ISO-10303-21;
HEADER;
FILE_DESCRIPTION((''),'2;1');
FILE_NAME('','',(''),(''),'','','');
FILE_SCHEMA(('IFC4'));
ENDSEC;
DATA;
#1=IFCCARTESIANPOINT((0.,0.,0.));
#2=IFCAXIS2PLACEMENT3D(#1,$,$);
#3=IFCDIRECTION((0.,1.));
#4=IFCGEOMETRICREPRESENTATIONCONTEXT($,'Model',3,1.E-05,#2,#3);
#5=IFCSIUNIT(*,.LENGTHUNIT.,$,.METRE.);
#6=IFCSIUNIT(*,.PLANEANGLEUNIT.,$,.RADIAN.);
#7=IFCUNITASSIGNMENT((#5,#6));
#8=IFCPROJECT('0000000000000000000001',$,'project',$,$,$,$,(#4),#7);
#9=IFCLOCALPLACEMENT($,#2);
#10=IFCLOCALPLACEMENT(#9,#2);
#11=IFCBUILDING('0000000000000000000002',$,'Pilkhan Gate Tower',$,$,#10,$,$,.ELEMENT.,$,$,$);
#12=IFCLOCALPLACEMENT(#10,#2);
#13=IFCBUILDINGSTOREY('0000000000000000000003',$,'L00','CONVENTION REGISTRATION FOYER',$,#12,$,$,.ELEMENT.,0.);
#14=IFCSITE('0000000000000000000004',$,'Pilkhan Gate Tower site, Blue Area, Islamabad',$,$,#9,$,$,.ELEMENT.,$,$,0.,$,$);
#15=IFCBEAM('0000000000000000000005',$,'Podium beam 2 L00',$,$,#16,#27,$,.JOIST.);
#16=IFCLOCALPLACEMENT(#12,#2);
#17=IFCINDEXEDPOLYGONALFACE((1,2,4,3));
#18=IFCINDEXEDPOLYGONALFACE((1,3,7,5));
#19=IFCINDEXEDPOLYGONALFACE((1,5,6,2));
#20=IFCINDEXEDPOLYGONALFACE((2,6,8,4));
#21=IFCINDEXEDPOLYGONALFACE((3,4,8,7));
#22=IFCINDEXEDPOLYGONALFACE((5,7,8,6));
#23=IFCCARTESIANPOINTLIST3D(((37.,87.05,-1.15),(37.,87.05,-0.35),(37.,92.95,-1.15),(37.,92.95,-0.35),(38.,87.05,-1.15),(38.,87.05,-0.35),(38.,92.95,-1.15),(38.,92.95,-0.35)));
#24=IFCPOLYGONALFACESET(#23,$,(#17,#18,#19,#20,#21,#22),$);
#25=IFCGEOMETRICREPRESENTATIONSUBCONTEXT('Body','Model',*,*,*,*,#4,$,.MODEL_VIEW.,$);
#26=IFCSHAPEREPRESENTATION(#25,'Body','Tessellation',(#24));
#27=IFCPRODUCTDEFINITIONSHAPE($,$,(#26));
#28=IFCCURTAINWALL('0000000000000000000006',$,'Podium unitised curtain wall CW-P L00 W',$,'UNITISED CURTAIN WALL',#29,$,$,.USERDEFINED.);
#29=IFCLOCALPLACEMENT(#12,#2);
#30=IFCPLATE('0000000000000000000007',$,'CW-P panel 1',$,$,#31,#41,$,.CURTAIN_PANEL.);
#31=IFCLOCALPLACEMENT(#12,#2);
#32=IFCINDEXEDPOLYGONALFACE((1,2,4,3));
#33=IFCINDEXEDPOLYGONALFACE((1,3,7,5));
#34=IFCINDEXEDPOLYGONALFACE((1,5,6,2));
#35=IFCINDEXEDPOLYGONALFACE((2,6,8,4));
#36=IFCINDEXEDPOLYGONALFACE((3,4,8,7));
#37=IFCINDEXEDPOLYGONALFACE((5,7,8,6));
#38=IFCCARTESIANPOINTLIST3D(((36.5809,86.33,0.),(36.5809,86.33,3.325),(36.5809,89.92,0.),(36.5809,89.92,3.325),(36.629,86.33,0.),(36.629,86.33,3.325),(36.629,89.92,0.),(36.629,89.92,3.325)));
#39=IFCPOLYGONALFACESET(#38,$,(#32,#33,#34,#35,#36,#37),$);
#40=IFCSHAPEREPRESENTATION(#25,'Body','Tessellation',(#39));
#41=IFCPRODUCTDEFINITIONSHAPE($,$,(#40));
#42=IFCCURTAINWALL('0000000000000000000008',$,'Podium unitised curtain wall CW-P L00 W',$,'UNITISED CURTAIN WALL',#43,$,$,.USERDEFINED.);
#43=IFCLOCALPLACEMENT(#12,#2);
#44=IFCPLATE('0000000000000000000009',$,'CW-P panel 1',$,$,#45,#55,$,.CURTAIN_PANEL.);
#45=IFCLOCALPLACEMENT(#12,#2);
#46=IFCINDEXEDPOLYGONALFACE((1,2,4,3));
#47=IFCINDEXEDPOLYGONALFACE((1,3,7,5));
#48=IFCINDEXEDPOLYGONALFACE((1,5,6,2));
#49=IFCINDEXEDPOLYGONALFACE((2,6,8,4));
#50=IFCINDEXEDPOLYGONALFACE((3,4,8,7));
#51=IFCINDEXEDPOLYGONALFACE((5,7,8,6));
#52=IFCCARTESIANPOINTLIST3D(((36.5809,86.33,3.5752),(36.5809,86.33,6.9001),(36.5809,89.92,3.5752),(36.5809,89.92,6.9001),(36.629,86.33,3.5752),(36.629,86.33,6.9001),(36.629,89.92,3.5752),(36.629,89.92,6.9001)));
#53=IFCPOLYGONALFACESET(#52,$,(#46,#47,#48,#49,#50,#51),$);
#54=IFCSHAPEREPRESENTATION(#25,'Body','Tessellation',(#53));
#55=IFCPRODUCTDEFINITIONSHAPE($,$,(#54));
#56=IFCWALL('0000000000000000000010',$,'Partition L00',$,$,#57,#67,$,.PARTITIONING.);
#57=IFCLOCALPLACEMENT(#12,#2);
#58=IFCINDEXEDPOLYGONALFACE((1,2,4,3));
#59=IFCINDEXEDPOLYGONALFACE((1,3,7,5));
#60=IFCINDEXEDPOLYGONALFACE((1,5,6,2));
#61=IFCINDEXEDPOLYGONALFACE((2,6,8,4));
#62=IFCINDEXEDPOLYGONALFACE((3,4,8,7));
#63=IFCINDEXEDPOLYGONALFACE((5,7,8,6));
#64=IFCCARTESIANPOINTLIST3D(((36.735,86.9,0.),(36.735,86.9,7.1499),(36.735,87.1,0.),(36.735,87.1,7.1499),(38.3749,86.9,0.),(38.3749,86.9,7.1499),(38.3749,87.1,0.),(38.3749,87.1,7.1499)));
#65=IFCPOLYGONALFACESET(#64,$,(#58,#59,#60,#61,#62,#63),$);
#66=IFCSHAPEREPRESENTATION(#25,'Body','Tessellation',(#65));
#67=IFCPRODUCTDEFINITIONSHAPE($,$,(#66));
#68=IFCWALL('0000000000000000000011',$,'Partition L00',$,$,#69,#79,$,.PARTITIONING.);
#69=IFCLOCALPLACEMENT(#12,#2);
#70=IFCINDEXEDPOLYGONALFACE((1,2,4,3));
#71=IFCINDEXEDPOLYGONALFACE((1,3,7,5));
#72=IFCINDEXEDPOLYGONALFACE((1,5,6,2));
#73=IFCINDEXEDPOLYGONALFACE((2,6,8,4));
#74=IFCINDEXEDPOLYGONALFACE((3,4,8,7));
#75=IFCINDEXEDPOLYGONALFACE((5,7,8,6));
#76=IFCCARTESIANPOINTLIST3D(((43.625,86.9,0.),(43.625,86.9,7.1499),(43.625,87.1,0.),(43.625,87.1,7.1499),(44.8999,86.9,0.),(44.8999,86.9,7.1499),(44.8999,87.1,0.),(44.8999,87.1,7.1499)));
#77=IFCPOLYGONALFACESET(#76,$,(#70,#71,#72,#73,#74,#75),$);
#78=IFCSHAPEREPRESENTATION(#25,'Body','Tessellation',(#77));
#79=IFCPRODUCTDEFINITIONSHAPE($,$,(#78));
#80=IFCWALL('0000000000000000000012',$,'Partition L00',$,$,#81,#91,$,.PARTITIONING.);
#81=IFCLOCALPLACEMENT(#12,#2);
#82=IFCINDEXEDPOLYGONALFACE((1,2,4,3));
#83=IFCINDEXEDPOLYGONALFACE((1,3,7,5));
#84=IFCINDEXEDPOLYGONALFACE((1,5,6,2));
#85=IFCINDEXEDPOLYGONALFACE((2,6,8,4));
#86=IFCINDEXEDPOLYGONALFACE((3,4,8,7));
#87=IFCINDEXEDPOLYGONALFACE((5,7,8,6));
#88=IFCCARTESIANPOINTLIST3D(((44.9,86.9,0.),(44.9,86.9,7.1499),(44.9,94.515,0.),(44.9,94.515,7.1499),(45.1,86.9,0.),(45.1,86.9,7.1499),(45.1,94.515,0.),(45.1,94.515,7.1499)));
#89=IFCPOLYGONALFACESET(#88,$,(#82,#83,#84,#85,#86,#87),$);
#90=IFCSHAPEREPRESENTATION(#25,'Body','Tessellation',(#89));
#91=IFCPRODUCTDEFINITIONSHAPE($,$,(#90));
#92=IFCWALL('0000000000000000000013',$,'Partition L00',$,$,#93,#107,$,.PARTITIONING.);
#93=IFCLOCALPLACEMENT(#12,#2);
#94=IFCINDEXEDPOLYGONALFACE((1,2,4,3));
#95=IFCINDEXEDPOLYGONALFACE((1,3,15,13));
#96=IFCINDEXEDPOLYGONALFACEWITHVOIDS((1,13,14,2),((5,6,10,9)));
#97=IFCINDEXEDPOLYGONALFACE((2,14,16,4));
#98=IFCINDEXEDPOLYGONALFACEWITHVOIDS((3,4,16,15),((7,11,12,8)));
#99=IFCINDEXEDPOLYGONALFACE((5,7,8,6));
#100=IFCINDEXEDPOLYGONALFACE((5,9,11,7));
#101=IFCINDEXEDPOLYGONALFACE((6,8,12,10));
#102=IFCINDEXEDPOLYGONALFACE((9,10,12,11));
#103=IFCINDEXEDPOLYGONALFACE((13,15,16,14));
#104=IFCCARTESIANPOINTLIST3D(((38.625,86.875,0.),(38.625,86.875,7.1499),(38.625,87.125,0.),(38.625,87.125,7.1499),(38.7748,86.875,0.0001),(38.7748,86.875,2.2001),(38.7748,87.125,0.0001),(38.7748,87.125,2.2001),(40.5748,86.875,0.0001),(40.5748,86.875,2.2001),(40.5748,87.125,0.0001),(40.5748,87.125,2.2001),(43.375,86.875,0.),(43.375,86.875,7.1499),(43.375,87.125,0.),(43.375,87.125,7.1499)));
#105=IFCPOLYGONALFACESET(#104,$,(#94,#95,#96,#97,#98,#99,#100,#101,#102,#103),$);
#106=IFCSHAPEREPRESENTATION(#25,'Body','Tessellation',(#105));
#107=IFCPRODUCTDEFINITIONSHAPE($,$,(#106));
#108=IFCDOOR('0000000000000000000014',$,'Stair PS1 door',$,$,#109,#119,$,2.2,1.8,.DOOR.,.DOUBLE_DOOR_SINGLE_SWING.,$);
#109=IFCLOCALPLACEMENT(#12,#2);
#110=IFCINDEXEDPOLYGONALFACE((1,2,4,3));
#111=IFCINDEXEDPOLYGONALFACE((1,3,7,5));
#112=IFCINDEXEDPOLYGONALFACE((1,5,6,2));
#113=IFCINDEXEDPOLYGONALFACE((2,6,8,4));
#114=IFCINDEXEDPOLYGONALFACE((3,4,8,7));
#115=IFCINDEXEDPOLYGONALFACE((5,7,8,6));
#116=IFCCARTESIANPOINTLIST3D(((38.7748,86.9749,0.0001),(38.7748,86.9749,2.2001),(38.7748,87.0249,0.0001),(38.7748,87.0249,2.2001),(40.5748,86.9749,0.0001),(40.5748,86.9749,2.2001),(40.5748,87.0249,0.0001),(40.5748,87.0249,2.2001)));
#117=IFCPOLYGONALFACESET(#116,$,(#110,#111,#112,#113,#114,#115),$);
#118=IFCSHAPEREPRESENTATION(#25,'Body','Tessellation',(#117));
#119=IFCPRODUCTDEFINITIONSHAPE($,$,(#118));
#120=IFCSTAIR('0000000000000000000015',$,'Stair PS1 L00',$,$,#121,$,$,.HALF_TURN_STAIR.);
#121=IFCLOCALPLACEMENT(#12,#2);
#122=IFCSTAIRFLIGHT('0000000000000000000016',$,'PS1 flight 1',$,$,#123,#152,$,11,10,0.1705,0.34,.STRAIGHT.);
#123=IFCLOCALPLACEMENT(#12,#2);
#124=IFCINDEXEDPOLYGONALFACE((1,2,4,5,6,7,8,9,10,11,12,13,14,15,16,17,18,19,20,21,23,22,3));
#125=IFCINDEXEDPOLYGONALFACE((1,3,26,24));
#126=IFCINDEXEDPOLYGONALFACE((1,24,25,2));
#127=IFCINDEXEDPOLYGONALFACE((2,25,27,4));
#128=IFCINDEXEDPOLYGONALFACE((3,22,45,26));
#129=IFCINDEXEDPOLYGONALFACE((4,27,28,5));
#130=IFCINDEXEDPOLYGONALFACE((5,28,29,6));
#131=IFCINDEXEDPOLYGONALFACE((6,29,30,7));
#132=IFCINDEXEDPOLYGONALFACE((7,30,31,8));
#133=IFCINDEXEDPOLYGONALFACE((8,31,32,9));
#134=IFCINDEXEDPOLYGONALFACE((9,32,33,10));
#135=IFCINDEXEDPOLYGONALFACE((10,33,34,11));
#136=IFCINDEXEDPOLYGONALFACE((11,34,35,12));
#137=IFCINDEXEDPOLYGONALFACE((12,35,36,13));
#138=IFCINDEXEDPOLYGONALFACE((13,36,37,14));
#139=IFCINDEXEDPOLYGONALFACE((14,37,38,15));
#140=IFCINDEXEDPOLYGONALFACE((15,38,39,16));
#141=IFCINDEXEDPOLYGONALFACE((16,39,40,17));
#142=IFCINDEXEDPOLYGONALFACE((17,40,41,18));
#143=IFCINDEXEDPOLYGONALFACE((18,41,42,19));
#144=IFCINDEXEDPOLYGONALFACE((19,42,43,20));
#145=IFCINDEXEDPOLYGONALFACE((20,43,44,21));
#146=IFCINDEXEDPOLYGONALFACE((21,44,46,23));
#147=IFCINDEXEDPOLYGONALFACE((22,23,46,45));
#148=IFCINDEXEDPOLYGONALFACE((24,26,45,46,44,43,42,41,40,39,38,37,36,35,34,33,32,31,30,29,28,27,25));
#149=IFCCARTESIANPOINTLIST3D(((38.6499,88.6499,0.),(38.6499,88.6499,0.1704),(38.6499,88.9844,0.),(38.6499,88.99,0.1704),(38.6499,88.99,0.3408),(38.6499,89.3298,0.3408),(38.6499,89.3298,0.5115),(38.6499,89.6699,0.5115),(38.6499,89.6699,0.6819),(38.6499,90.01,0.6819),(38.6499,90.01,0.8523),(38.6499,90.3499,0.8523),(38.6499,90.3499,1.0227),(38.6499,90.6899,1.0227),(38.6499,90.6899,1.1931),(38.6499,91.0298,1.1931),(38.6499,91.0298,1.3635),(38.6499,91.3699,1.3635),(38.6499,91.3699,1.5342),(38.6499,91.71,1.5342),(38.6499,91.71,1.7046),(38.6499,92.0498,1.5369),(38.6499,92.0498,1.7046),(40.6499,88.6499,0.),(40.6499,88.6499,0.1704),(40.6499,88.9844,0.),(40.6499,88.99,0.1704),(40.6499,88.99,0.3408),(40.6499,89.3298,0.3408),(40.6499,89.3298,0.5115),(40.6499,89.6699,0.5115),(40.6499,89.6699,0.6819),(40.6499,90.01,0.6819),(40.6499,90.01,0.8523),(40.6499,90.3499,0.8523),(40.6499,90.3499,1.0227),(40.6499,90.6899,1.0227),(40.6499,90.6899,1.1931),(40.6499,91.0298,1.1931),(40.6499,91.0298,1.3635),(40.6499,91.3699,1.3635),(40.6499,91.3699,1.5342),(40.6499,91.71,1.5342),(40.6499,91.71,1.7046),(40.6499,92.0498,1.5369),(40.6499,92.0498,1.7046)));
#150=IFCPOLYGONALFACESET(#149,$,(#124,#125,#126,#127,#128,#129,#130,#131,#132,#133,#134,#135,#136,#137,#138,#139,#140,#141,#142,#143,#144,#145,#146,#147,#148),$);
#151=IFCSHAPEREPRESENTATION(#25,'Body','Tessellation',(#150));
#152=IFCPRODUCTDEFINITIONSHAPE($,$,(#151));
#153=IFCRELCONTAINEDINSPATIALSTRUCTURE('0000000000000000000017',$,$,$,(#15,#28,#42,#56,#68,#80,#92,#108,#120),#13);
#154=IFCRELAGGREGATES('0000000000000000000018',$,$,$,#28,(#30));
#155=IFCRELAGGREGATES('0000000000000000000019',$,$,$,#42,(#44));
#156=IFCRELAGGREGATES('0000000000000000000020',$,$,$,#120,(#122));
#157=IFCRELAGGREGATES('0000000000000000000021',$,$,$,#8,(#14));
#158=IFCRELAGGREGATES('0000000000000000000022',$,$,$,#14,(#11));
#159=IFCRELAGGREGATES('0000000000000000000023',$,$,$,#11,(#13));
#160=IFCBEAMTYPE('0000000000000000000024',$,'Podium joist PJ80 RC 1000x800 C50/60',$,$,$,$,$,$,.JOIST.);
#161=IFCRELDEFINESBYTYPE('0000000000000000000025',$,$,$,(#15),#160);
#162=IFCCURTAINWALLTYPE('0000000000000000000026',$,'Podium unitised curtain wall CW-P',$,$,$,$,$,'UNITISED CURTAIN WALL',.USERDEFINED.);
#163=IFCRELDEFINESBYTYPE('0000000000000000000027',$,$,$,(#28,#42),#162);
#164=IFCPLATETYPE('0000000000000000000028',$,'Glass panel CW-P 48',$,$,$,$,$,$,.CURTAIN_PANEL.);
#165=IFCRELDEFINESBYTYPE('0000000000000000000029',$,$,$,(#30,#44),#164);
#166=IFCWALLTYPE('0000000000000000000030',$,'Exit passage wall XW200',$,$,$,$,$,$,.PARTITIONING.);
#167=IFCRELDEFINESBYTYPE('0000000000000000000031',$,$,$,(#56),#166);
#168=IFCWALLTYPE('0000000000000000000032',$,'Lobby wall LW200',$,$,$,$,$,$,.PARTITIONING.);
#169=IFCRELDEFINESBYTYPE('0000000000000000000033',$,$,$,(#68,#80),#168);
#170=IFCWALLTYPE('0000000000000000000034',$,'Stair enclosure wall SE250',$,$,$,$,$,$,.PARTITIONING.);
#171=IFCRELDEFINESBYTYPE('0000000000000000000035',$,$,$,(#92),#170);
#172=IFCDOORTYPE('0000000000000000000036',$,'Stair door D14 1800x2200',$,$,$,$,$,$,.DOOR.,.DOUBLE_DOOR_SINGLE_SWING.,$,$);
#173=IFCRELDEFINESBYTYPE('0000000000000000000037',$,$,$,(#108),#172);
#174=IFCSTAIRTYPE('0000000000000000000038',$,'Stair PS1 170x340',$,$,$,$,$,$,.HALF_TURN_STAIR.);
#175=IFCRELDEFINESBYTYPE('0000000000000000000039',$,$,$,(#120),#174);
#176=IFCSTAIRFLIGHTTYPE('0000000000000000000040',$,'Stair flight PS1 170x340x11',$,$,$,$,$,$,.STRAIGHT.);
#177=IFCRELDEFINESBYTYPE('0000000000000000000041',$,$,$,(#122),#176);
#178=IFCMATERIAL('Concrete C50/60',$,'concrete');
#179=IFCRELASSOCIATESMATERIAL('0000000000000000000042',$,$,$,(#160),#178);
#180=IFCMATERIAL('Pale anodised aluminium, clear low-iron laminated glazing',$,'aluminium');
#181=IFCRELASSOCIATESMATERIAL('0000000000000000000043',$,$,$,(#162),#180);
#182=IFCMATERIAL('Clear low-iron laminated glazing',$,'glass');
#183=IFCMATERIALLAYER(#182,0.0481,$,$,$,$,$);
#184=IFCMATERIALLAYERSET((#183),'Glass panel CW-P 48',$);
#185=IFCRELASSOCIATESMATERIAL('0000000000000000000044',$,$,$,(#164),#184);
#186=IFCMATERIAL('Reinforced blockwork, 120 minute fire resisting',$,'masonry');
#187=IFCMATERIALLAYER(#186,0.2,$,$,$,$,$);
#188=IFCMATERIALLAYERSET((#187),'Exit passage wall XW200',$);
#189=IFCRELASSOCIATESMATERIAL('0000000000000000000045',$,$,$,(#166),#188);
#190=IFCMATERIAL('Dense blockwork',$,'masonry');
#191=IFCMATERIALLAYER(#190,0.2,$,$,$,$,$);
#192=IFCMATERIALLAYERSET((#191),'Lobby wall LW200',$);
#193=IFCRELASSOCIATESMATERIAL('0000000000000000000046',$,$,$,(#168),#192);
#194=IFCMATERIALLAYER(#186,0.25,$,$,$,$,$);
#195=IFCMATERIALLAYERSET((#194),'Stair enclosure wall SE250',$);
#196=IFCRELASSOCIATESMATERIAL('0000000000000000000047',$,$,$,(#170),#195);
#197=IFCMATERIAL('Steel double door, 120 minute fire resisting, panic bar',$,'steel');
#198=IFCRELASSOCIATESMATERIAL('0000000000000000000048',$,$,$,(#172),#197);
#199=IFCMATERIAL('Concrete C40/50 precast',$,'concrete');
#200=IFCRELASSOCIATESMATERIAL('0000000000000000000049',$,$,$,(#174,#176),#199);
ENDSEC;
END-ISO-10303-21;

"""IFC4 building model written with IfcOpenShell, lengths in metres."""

from ifc_helpers import new_model, si_unit, direction, frame, frame_2d, origin, origin_2d, place, context, subcontext, project, spatial, polyline, rectangle, outline, extrude, material, layer, layer_set, material_profile, profile_set, type_object, element, fill, aggregate, save


model = new_model("IFC4")

# Units and contexts
model_context = context("Model", 3, precision=1e-05, world=origin(), true_north=direction((0.0, 1.0)))
body_context = subcontext(model_context, "Body", "Model", "MODEL_VIEW")
ifc_project = project(units=[si_unit("LENGTHUNIT", "METRE"), si_unit("PLANEANGLEUNIT", "RADIAN")], contexts=[model_context])

# Site, building, storey
site_placement = place(None, origin())
site = spatial("IfcSite", under=ifc_project, at=site_placement, Name="Pilkhan Gate Tower site, Blue Area, Islamabad", CompositionType="ELEMENT", RefElevation=0.0)
building_placement = place(site_placement, origin())
building = spatial("IfcBuilding", under=site, at=building_placement, Name="Pilkhan Gate Tower", CompositionType="ELEMENT")
storey_placement = place(building_placement, origin())
storey = spatial("IfcBuildingStorey", under=building, at=storey_placement, Name="L00", Description="CONVENTION REGISTRATION FOYER", CompositionType="ELEMENT", Elevation=0.0)

# Beam
ifc_material_1 = material(Name="Concrete C50/60", Category="concrete")
ifc_material_profile = material_profile(ifc_material_1, rectangle(XDim=1.0, YDim=0.8, at=origin_2d()), Name="RC 1000x800")
ifc_profile_set = profile_set([ifc_material_profile], Name="Concrete C50/60")
beam_type = type_object("IfcBeamType", Name="Podium joist PJ80 RC 1000x800 C50/60", PredefinedType="JOIST", material=ifc_profile_set)
beam_placement = place(storey_placement, frame((37.5, 87.05, -0.75), z_axis=(0.0, 1.0, 0.0), x_axis=(-1.0, 0.0, 0.0)))
element("IfcBeam", 1, at=beam_placement, inside=storey, type_object=beam_type, Name="Podium beam 2 L00", PredefinedType="JOIST", context=body_context, shape_type="SweptSolid", body=[
    extrude(rectangle(XDim=1.0, YDim=0.8, at=origin_2d()), origin(), (0.0, 0.0, 1.0), 5.8999),
])

# Curtain walls, plates
ifc_material_2 = material(Name="Pale anodised aluminium, clear low-iron laminated glazing", Category="aluminium")
curtain_wall_type = type_object("IfcCurtainWallType", Name="Podium unitised curtain wall CW-P", ElementType="UNITISED CURTAIN WALL", PredefinedType="USERDEFINED", material=ifc_material_2)
curtain_wall_1_placement = place(storey_placement, origin())
curtain_wall_1 = element("IfcCurtainWall", 2, at=curtain_wall_1_placement, inside=storey, type_object=curtain_wall_type, Name="Podium unitised curtain wall CW-P L00 W", ObjectType="UNITISED CURTAIN WALL", PredefinedType="USERDEFINED")
ifc_material_3 = material(Name="Clear low-iron laminated glazing", Category="glass")
ifc_layer_1 = layer(ifc_material_3, 0.0481)
ifc_layer_set_1 = layer_set([ifc_layer_1], Name="Glass panel CW-P 48")
plate_type = type_object("IfcPlateType", Name="Glass panel CW-P 48", PredefinedType="CURTAIN_PANEL", material=ifc_layer_set_1)
plate_1_placement = place(storey_placement, frame((36.605, 88.125, 0.0), z_axis=(0.0, 0.0, 1.0), x_axis=(0.0, 1.0, 0.0)))
plate_1 = element("IfcPlate", 3, at=plate_1_placement, type_object=plate_type, Name="CW-P panel 1", PredefinedType="CURTAIN_PANEL", context=body_context, shape_type="SweptSolid", body=[
    extrude(rectangle(XDim=3.5901, YDim=0.0481, at=origin_2d()), origin(), (0.0, 0.0, 1.0), 3.325),
])
aggregate(curtain_wall_1, [plate_1])
curtain_wall_2_placement = place(storey_placement, origin())
curtain_wall_2 = element("IfcCurtainWall", 4, at=curtain_wall_2_placement, inside=storey, type_object=curtain_wall_type, Name="Podium unitised curtain wall CW-P L00 W", ObjectType="UNITISED CURTAIN WALL", PredefinedType="USERDEFINED")
plate_2_placement = place(storey_placement, frame((36.605, 88.125, 3.5752), z_axis=(0.0, 0.0, 1.0), x_axis=(0.0, 1.0, 0.0)))
plate_2 = element("IfcPlate", 5, at=plate_2_placement, type_object=plate_type, Name="CW-P panel 1", PredefinedType="CURTAIN_PANEL", context=body_context, shape_type="SweptSolid", body=[
    extrude(rectangle(XDim=3.5901, YDim=0.0481, at=origin_2d()), origin(), (0.0, 0.0, 1.0), 3.325),
])
aggregate(curtain_wall_2, [plate_2])

# Walls
ifc_material_4 = material(Name="Reinforced blockwork, 120 minute fire resisting", Category="masonry")
ifc_layer_2 = layer(ifc_material_4, 0.2)
ifc_layer_set_2 = layer_set([ifc_layer_2], Name="Exit passage wall XW200")
wall_type_1 = type_object("IfcWallType", Name="Exit passage wall XW200", PredefinedType="PARTITIONING", material=ifc_layer_set_2)
wall_1_placement = place(storey_placement, frame((36.7351, 87.0, 0.0), z_axis=(0.0, 0.0, 1.0), x_axis=(1.0, 0.0, 0.0)))
element("IfcWall", 6, at=wall_1_placement, inside=storey, type_object=wall_type_1, Name="Partition L00", PredefinedType="PARTITIONING", context=body_context, shape_type="SweptSolid", body=[
    extrude(rectangle(XDim=1.6399, YDim=0.2, at=frame_2d((0.8198, 0.0))), origin(), (0.0, 0.0, 1.0), 7.1499),
])
ifc_material_5 = material(Name="Dense blockwork", Category="masonry")
ifc_layer_3 = layer(ifc_material_5, 0.2)
ifc_layer_set_3 = layer_set([ifc_layer_3], Name="Lobby wall LW200")
wall_type_2 = type_object("IfcWallType", Name="Lobby wall LW200", PredefinedType="PARTITIONING", material=ifc_layer_set_3)
wall_2_placement = place(storey_placement, frame((43.625, 87.0, 0.0), z_axis=(0.0, 0.0, 1.0), x_axis=(1.0, 0.0, 0.0)))
element("IfcWall", 7, at=wall_2_placement, inside=storey, type_object=wall_type_2, Name="Partition L00", PredefinedType="PARTITIONING", context=body_context, shape_type="SweptSolid", body=[
    extrude(rectangle(XDim=1.2749, YDim=0.2, at=frame_2d((0.6375, 0.0))), origin(), (0.0, 0.0, 1.0), 7.1499),
])
wall_3_placement = place(storey_placement, frame((45.0, 86.8999, 0.0), z_axis=(0.0, 0.0, 1.0), x_axis=(0.0, 1.0, 0.0)))
element("IfcWall", 8, at=wall_3_placement, inside=storey, type_object=wall_type_2, Name="Partition L00", PredefinedType="PARTITIONING", context=body_context, shape_type="SweptSolid", body=[
    extrude(rectangle(XDim=7.615, YDim=0.2, at=frame_2d((3.8076, 0.0))), origin(), (0.0, 0.0, 1.0), 7.1499),
])

# Wall, opening, door
ifc_layer_4 = layer(ifc_material_4, 0.25)
ifc_layer_set_4 = layer_set([ifc_layer_4], Name="Stair enclosure wall SE250")
wall_type_3 = type_object("IfcWallType", Name="Stair enclosure wall SE250", PredefinedType="PARTITIONING", material=ifc_layer_set_4)
wall_4_placement = place(storey_placement, frame((38.625, 87.0, 0.0), z_axis=(0.0, 0.0, 1.0), x_axis=(1.0, 0.0, 0.0)))
wall_4 = element("IfcWall", 9, at=wall_4_placement, inside=storey, type_object=wall_type_3, Name="Partition L00", PredefinedType="PARTITIONING", context=body_context, shape_type="SweptSolid", body=[
    extrude(rectangle(XDim=4.75, YDim=0.25, at=frame_2d((2.375, 0.0))), origin(), (0.0, 0.0, 1.0), 7.1499),
])
opening_placement = place(wall_4_placement, frame((0.1499, 0.0, 0.0)))
opening = element("IfcOpeningElement", 10, at=opening_placement, cuts=wall_4, PredefinedType="OPENING", context=body_context, shape_type="SweptSolid", body=[
    extrude(rectangle(XDim=1.8, YDim=2.2, at=frame_2d((0.8999, 1.1001))), frame((0.0, 0.135, 0.0), z_axis=(0.0, -1.0, 0.0), x_axis=(1.0, 0.0, 0.0)), (0.0, 0.0, 1.0), 0.27),
])
ifc_material_6 = material(Name="Steel double door, 120 minute fire resisting, panic bar", Category="steel")
door_type = type_object("IfcDoorType", Name="Stair door D14 1800x2200", OperationType="DOUBLE_DOOR_SINGLE_SWING", PredefinedType="DOOR", material=ifc_material_6)
door_placement = place(opening_placement, origin())
door = element("IfcDoor", 11, at=door_placement, inside=storey, type_object=door_type, Name="Stair PS1 door", OperationType="DOUBLE_DOOR_SINGLE_SWING", OverallHeight=2.2, OverallWidth=1.8, PredefinedType="DOOR", context=body_context, shape_type="SweptSolid", body=[
    extrude(rectangle(XDim=1.8, YDim=2.2, at=frame_2d((0.8999, 1.1001))), frame((0.0, 0.0249, 0.0), z_axis=(0.0, -1.0, 0.0), x_axis=(1.0, 0.0, 0.0)), (0.0, 0.0, 1.0), 0.05),
])
fill(opening, door)

# Stair, stair flight
ifc_material_7 = material(Name="Concrete C40/50 precast", Category="concrete")
stair_type = type_object("IfcStairType", Name="Stair PS1 170x340", PredefinedType="HALF_TURN_STAIR", material=ifc_material_7)
stair_placement = place(storey_placement, origin())
stair = element("IfcStair", 12, at=stair_placement, inside=storey, type_object=stair_type, Name="Stair PS1 L00", PredefinedType="HALF_TURN_STAIR")
stair_flight_type = type_object("IfcStairFlightType", Name="Stair flight PS1 170x340x11", PredefinedType="STRAIGHT", material=ifc_material_7)
stair_flight_1_placement = place(storey_placement, frame((39.6499, 88.6499, 0.0), z_axis=(0.0, 0.0, 1.0), x_axis=(0.0, 1.0, 0.0)))
stair_flight_1 = element("IfcStairFlight", 13, at=stair_flight_1_placement, type_object=stair_flight_type, Name="PS1 flight 1", NumberOfRisers=11, NumberOfTreads=10, PredefinedType="STRAIGHT", RiserHeight=0.1705, TreadLength=0.34, context=body_context, shape_type="SweptSolid", body=[
    extrude(outline(polyline([(0.0, 0.0), (0.0, 0.1704), (0.3401, 0.1704), (0.3401, 0.3408), (0.6799, 0.3408), (0.6799, 0.5115), (1.02, 0.5115), (1.02, 0.6819), (1.3601, 0.6819), (1.3601, 0.8523), (1.7, 0.8523), (1.7, 1.0227), (2.04, 1.0227), (2.04, 1.1931), (2.3799, 1.1931), (2.3799, 1.3635), (2.72, 1.3635), (2.72, 1.5342), (3.0601, 1.5342), (3.0601, 1.7046), (3.3999, 1.7046), (3.3999, 1.875), (3.3999, 1.5369), (0.3345, 0.0), (0.0, 0.0)])), frame((0.0, 1.0, 0.0), z_axis=(0.0, -1.0, 0.0), x_axis=(1.0, 0.0, 0.0)), (0.0, 0.0, 1.0), 2.0),
])
aggregate(stair, [stair_flight_1])

save(model, "model.ifc")
